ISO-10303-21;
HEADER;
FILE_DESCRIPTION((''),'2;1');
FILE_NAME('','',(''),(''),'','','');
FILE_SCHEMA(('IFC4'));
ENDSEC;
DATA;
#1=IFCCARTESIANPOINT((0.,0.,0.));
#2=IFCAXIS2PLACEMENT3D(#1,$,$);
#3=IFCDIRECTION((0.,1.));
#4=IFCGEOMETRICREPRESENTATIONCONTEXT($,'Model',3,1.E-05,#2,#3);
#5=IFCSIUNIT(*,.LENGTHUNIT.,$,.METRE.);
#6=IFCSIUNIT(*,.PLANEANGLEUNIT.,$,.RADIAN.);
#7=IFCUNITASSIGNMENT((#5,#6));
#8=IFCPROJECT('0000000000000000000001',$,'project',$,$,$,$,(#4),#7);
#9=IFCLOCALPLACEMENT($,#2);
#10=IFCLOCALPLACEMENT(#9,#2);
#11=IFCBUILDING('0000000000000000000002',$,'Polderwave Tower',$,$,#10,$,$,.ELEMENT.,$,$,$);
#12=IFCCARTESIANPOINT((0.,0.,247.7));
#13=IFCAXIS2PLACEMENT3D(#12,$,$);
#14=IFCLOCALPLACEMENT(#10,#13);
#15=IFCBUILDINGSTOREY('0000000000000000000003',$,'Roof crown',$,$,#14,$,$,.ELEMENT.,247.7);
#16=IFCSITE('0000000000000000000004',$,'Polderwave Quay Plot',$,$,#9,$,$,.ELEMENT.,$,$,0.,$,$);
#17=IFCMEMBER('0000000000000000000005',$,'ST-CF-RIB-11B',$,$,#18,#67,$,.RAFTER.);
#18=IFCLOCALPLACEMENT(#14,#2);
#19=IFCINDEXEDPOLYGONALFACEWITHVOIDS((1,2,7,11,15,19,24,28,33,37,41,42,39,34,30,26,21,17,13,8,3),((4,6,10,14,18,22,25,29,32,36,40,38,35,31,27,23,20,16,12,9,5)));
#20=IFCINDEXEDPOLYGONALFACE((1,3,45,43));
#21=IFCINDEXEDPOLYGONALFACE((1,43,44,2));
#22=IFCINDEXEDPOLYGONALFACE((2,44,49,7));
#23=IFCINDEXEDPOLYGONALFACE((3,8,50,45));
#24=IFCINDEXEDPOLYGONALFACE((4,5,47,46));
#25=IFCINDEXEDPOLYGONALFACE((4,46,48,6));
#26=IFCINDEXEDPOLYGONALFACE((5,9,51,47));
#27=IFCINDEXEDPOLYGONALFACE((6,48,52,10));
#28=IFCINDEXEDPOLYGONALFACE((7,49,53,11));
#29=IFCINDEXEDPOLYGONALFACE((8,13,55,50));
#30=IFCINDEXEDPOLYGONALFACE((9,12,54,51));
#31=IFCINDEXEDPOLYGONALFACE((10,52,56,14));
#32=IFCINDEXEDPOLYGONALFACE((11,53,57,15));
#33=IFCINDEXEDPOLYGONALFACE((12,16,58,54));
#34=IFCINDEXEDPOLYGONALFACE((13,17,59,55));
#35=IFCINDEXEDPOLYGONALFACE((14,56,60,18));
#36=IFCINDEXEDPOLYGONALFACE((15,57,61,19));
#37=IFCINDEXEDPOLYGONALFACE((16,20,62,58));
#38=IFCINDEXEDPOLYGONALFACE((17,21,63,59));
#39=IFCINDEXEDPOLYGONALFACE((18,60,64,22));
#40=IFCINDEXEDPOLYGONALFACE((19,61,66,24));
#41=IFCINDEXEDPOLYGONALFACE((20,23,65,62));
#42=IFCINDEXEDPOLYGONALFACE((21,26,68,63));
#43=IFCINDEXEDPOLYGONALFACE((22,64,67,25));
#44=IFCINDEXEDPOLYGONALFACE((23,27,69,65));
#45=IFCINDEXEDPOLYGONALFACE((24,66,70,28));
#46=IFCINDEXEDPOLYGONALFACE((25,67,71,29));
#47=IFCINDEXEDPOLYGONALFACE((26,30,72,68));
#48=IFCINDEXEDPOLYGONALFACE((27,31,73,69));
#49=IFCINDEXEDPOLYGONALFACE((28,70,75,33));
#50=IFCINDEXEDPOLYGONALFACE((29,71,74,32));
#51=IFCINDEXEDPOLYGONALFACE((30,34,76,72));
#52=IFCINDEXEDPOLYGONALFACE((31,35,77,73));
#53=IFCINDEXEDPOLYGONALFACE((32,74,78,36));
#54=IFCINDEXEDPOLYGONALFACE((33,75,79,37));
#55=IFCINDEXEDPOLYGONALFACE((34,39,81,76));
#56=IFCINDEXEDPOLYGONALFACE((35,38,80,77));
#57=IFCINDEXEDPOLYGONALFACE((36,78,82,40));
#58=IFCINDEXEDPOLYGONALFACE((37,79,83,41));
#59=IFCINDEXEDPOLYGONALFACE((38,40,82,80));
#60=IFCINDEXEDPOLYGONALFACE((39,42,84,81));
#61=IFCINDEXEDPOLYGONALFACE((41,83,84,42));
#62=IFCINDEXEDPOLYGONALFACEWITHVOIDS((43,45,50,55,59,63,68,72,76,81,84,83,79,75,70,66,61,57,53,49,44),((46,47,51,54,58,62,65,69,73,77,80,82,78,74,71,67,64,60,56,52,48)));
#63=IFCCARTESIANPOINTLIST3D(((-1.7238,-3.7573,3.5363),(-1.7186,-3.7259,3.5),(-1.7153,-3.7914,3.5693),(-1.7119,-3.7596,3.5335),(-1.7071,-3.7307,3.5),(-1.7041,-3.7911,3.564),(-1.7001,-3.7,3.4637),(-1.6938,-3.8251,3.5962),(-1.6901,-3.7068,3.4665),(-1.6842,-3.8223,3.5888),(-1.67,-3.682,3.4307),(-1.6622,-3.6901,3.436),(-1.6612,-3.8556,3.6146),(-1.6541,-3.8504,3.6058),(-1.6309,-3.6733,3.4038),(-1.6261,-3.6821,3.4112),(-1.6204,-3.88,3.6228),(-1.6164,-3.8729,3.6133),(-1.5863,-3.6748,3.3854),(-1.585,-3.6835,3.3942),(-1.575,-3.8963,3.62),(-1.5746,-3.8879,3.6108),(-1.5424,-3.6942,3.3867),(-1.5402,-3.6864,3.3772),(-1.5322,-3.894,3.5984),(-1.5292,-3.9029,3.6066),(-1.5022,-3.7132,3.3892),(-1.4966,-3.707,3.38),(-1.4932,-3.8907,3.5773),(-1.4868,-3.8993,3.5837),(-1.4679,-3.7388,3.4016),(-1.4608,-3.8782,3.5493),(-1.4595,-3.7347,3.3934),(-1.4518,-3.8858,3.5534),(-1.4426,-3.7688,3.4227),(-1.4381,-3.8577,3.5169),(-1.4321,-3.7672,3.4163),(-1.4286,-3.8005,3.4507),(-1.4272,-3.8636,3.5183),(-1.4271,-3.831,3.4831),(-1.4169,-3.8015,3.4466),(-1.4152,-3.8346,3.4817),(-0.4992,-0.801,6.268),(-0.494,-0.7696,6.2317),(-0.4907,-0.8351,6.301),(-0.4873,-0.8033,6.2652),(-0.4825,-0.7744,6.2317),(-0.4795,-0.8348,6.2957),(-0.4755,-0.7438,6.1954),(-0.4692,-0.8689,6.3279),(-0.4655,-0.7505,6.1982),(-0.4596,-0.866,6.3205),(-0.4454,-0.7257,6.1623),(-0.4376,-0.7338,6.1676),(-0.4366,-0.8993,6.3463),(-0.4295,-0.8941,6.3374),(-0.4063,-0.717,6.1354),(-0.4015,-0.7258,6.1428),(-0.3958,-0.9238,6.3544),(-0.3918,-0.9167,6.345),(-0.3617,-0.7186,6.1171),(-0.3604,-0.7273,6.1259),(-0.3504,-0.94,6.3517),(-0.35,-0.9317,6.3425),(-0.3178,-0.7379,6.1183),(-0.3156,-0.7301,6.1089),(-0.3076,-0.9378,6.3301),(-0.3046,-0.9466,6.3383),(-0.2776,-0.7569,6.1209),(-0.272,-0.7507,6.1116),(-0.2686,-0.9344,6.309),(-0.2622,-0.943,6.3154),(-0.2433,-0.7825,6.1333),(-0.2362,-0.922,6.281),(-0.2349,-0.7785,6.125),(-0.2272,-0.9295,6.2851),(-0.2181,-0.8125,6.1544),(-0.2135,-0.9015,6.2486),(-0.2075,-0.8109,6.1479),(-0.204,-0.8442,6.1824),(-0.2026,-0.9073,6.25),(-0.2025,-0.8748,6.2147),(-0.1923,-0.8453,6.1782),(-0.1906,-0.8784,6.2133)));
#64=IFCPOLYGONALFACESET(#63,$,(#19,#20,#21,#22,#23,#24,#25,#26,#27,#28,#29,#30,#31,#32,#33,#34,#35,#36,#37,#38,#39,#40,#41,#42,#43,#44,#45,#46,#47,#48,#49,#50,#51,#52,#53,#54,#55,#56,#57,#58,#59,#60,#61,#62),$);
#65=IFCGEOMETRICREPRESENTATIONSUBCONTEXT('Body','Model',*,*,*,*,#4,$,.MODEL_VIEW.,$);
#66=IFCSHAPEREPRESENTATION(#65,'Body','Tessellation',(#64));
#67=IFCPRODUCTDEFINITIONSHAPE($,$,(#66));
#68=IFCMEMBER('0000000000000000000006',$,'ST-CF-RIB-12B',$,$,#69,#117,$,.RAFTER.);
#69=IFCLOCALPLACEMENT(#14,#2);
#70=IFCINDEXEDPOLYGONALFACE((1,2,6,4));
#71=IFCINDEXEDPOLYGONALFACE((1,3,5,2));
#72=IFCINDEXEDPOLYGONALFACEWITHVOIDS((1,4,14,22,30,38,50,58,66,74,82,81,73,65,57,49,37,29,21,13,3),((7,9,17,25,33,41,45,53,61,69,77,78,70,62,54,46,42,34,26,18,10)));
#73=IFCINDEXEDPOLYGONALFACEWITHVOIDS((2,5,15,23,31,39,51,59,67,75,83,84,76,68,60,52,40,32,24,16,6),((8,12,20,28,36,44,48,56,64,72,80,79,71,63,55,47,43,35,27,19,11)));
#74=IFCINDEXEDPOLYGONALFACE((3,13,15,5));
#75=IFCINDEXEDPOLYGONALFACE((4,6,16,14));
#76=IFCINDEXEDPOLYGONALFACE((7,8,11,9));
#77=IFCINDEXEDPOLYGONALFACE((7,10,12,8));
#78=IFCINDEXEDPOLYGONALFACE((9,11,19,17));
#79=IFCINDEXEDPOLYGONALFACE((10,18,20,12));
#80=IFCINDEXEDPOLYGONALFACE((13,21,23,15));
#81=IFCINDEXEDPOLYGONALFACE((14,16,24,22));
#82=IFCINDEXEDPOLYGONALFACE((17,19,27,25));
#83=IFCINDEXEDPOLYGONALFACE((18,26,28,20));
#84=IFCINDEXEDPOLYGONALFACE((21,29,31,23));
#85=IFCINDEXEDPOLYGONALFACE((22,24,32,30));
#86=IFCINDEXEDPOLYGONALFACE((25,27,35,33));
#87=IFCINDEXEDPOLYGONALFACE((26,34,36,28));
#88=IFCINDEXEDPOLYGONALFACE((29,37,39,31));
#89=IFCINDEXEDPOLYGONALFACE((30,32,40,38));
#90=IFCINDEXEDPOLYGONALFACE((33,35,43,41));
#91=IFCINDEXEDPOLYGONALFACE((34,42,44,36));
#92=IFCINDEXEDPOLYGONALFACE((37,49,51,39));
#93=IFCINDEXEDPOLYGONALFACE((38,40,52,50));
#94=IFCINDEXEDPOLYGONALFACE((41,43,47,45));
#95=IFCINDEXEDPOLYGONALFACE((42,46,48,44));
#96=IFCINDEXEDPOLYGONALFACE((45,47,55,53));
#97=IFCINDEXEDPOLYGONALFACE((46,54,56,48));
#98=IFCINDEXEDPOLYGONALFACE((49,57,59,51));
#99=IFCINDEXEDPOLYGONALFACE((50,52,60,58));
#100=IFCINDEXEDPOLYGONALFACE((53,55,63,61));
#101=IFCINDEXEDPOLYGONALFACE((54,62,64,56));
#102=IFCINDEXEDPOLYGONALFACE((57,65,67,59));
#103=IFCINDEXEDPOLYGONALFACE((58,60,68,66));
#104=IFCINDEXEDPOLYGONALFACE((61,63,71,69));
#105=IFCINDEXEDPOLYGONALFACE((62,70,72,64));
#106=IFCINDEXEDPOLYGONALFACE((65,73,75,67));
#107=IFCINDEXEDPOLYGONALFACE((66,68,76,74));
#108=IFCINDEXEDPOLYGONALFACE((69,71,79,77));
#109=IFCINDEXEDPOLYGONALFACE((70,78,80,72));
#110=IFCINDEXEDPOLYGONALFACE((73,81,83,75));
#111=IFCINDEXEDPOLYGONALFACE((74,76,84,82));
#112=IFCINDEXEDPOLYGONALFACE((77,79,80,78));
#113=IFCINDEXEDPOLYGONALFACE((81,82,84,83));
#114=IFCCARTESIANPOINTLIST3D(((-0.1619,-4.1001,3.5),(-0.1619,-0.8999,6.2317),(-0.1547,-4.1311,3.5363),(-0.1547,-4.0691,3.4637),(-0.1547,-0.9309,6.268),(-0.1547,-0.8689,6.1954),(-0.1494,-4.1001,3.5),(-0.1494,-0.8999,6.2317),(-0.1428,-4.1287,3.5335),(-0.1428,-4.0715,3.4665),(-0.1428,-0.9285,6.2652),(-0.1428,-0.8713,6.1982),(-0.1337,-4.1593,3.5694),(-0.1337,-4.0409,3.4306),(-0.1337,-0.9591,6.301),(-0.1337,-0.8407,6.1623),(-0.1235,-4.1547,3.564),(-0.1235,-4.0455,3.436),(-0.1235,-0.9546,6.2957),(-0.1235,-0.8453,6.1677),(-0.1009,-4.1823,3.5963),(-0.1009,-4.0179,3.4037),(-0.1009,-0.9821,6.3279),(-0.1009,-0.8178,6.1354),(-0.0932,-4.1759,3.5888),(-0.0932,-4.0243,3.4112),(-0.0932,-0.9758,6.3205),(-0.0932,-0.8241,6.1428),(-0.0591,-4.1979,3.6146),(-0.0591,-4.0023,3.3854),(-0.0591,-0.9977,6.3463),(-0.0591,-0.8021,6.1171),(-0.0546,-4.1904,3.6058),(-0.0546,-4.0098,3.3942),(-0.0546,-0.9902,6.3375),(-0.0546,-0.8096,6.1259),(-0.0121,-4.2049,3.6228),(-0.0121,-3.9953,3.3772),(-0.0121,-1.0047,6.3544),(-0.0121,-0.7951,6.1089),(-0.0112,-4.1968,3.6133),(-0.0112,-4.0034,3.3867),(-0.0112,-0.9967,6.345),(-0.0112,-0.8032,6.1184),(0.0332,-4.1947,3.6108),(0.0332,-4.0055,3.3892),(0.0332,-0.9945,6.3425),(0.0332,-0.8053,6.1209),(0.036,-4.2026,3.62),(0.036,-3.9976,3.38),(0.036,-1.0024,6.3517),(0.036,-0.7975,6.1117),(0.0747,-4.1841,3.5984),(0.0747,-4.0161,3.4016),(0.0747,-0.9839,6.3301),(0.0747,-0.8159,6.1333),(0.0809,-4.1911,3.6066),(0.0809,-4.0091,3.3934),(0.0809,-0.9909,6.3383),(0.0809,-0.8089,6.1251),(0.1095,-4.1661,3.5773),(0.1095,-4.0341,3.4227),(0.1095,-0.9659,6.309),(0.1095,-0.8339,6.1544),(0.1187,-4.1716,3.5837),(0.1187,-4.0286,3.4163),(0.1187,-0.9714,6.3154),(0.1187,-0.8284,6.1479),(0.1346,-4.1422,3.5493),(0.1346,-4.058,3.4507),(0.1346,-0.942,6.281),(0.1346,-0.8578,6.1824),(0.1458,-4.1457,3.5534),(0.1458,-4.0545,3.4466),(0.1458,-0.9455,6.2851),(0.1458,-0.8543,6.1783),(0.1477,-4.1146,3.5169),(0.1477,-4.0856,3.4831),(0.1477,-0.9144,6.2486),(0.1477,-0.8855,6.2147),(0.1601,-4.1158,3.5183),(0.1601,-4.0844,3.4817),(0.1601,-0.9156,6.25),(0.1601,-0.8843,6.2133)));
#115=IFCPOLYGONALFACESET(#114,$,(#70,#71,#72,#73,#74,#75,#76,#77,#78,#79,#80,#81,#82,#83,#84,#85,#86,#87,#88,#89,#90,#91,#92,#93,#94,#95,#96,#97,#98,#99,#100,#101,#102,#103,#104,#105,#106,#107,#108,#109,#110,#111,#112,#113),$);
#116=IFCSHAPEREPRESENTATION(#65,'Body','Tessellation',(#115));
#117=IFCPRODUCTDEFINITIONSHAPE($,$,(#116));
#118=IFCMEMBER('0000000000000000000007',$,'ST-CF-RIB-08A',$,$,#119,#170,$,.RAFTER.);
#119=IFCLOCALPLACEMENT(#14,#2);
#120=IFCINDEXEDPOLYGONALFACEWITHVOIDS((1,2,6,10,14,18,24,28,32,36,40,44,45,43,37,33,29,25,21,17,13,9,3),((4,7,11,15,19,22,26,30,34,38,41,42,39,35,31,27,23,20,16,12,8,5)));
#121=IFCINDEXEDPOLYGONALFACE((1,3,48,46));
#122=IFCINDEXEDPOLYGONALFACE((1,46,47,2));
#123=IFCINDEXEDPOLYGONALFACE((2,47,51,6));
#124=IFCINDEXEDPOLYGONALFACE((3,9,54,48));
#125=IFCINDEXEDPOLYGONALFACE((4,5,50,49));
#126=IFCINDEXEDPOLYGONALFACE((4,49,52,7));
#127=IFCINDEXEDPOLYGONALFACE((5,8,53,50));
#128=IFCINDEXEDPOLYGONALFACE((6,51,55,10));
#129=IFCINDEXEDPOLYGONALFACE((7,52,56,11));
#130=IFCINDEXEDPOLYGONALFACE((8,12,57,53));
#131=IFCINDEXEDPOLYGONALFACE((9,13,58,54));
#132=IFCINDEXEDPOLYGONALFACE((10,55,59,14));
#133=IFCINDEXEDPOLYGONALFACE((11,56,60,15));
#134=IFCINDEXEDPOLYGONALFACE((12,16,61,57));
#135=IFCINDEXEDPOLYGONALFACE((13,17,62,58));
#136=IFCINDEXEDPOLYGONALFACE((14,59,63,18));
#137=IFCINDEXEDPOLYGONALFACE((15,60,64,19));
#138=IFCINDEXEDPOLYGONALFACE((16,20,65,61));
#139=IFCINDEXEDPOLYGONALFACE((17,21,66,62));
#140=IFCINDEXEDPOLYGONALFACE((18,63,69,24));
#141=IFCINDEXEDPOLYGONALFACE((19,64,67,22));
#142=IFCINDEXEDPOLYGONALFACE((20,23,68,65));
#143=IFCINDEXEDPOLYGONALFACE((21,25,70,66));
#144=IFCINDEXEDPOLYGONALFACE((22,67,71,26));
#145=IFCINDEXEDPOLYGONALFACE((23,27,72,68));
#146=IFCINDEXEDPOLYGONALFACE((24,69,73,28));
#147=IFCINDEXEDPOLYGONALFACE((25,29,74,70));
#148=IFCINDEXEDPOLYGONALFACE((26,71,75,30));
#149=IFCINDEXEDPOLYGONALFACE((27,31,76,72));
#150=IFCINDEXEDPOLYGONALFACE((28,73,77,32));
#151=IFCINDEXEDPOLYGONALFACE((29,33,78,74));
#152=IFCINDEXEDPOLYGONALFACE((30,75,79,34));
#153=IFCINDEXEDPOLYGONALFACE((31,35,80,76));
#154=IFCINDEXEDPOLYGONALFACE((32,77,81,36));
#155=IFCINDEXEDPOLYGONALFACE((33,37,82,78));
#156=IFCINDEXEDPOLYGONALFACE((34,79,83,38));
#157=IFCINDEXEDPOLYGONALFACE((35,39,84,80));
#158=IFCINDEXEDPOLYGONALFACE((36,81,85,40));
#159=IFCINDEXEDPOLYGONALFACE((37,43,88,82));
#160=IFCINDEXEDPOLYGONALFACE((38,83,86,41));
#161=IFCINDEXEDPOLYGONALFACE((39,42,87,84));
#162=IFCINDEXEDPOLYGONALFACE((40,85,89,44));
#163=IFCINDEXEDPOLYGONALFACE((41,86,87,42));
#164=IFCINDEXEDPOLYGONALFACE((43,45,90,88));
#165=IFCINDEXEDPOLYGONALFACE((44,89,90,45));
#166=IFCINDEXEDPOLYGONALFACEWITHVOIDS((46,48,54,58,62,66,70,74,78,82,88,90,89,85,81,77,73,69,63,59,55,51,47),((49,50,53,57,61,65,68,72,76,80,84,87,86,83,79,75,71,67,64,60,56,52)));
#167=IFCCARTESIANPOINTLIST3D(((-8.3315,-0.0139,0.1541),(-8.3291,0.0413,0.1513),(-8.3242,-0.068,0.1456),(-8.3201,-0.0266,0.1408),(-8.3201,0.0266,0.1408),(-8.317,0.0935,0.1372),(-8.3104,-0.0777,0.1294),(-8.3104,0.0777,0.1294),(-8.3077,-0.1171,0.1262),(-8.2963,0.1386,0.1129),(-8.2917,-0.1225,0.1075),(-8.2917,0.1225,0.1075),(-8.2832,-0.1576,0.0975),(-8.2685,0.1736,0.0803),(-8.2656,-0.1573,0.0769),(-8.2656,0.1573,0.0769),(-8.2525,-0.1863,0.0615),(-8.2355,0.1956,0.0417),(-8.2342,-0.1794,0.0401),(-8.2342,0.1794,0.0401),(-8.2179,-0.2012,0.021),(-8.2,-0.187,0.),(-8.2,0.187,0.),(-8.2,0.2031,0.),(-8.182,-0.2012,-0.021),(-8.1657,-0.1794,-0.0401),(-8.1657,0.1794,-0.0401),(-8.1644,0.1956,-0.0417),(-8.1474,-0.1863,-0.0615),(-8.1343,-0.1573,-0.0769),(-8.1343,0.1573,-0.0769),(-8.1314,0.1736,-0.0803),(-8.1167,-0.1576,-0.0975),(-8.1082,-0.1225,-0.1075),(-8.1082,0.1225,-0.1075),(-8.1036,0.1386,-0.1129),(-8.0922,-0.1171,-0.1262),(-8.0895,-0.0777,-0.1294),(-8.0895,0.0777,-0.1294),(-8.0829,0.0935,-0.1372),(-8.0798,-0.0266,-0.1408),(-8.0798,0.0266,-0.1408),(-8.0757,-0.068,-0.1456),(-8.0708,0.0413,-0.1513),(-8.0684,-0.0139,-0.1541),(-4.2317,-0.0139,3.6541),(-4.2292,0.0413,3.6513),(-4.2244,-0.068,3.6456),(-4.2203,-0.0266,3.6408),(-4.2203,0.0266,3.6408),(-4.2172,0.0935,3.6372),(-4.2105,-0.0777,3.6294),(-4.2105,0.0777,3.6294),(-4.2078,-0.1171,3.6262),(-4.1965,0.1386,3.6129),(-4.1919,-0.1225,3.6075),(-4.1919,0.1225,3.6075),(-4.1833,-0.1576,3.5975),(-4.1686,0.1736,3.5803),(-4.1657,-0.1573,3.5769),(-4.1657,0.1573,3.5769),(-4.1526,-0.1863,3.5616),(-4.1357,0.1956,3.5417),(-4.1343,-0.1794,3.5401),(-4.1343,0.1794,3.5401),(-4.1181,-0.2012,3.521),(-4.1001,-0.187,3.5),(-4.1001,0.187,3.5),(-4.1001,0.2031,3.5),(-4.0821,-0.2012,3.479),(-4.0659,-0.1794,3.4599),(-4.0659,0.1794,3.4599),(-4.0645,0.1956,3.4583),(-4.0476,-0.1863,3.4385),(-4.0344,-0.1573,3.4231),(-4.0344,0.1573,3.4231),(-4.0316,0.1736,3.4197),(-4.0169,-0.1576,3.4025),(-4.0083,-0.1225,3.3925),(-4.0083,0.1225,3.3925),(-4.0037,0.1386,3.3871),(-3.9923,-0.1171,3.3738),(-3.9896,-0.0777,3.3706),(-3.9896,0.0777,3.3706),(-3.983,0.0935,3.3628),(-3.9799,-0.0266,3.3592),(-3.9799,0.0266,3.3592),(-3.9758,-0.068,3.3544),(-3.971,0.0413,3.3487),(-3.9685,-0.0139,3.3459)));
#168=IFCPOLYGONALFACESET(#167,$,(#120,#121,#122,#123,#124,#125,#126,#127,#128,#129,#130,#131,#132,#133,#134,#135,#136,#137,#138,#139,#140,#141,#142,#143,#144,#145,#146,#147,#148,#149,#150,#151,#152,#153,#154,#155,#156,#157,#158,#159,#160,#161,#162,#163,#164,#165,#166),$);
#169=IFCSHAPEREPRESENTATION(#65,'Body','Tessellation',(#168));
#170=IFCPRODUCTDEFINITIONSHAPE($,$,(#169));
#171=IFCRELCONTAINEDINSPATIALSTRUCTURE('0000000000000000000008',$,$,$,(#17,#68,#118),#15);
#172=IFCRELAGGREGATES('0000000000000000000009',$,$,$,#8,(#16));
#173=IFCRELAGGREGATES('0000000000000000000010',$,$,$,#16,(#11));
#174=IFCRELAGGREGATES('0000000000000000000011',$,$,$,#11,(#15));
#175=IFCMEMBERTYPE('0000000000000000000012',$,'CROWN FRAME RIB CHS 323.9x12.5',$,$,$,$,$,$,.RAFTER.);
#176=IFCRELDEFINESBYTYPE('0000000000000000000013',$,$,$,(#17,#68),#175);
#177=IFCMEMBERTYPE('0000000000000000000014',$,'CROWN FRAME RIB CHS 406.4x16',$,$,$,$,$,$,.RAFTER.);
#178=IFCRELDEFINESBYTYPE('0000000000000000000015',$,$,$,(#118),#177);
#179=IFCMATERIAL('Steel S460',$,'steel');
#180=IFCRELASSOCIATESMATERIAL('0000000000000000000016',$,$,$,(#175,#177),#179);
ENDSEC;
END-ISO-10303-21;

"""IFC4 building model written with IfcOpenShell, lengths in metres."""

from ifc_helpers import new_model, si_unit, direction, frame, origin, origin_2d, place, context, subcontext, project, spatial, hollow_circle, extrude, material, material_profile, profile_set, type_object, element, save


model = new_model("IFC4")

# Units and contexts
model_context = context("Model", 3, precision=1e-05, world=origin(), true_north=direction((0.0, 1.0)))
body_context = subcontext(model_context, "Body", "Model", "MODEL_VIEW")
ifc_project = project(units=[si_unit("LENGTHUNIT", "METRE"), si_unit("PLANEANGLEUNIT", "RADIAN")], contexts=[model_context])

# Site, building, storey
site_placement = place(None, origin())
site = spatial("IfcSite", under=ifc_project, at=site_placement, Name="Polderwave Quay Plot", CompositionType="ELEMENT", RefElevation=0.0)
building_placement = place(site_placement, origin())
building = spatial("IfcBuilding", under=site, at=building_placement, Name="Polderwave Tower", CompositionType="ELEMENT")
storey_placement = place(building_placement, frame((0.0, 0.0, 247.7)))
storey = spatial("IfcBuildingStorey", under=building, at=storey_placement, Name="Roof crown", CompositionType="ELEMENT", Elevation=247.7)

# Members
ifc_material_1 = material(Name="Steel S460", Category="steel")
ifc_material_profile_1 = material_profile(ifc_material_1, hollow_circle(Radius=0.1619, WallThickness=0.0125, at=origin_2d()), Name="CHS 323.9x12.5")
ifc_profile_set_1 = profile_set([ifc_material_profile_1], Name="Steel S460")
member_type_1 = type_object("IfcMemberType", Name="CROWN FRAME RIB CHS 323.9x12.5", PredefinedType="RAFTER", material=ifc_profile_set_1)
for number, where, z_axis, x_axis, name in (
    (1, (-1.5691, -3.7878, 3.5), (0.291067, 0.702657, 0.649271), (-0.923872, 0.382702, 0.0), "ST-CF-RIB-11B"),
):
    element("IfcMember", number, at=place(storey_placement, frame(where, z_axis=z_axis, x_axis=x_axis)), inside=storey, type_object=member_type_1, Name=name, PredefinedType="RAFTER", context=body_context, shape_type="SweptSolid", body=[
        extrude(hollow_circle(Radius=0.1619, WallThickness=0.0125, at=origin_2d()), origin(), (0.0, 0.0, 1.0), 4.2073),
    ])
member_1_placement = place(storey_placement, frame((0.0, -4.1001, 3.5), z_axis=(0.0, 0.760586, 0.649237), x_axis=(-1.0, 0.0, 0.0)))
element("IfcMember", 2, at=member_1_placement, inside=storey, type_object=member_type_1, Name="ST-CF-RIB-12B", PredefinedType="RAFTER", context=body_context, shape_type="SweptSolid", body=[
    extrude(hollow_circle(Radius=0.1619, WallThickness=0.0125, at=origin_2d()), origin(), (0.0, 0.0, 1.0), 4.2075),
])
ifc_material_profile_2 = material_profile(ifc_material_1, hollow_circle(Radius=0.2031, WallThickness=0.0161, at=origin_2d()), Name="CHS 406.4x16")
ifc_profile_set_2 = profile_set([ifc_material_profile_2], Name="Steel S460")
member_type_2 = type_object("IfcMemberType", Name="CROWN FRAME RIB CHS 406.4x16", PredefinedType="RAFTER", material=ifc_profile_set_2)
member_2_placement = place(storey_placement, frame((-8.2, 0.0, 0.0), z_axis=(0.760553, 0.0, 0.649276), x_axis=(0.0, 1.0, 0.0)))
element("IfcMember", 3, at=member_2_placement, inside=storey, type_object=member_type_2, Name="ST-CF-RIB-08A", PredefinedType="RAFTER", context=body_context, shape_type="SweptSolid", body=[
    extrude(hollow_circle(Radius=0.2031, WallThickness=0.0161, at=origin_2d()), origin(), (0.0, 0.0, 1.0), 5.3906),
])

save(model, "model.ifc")
